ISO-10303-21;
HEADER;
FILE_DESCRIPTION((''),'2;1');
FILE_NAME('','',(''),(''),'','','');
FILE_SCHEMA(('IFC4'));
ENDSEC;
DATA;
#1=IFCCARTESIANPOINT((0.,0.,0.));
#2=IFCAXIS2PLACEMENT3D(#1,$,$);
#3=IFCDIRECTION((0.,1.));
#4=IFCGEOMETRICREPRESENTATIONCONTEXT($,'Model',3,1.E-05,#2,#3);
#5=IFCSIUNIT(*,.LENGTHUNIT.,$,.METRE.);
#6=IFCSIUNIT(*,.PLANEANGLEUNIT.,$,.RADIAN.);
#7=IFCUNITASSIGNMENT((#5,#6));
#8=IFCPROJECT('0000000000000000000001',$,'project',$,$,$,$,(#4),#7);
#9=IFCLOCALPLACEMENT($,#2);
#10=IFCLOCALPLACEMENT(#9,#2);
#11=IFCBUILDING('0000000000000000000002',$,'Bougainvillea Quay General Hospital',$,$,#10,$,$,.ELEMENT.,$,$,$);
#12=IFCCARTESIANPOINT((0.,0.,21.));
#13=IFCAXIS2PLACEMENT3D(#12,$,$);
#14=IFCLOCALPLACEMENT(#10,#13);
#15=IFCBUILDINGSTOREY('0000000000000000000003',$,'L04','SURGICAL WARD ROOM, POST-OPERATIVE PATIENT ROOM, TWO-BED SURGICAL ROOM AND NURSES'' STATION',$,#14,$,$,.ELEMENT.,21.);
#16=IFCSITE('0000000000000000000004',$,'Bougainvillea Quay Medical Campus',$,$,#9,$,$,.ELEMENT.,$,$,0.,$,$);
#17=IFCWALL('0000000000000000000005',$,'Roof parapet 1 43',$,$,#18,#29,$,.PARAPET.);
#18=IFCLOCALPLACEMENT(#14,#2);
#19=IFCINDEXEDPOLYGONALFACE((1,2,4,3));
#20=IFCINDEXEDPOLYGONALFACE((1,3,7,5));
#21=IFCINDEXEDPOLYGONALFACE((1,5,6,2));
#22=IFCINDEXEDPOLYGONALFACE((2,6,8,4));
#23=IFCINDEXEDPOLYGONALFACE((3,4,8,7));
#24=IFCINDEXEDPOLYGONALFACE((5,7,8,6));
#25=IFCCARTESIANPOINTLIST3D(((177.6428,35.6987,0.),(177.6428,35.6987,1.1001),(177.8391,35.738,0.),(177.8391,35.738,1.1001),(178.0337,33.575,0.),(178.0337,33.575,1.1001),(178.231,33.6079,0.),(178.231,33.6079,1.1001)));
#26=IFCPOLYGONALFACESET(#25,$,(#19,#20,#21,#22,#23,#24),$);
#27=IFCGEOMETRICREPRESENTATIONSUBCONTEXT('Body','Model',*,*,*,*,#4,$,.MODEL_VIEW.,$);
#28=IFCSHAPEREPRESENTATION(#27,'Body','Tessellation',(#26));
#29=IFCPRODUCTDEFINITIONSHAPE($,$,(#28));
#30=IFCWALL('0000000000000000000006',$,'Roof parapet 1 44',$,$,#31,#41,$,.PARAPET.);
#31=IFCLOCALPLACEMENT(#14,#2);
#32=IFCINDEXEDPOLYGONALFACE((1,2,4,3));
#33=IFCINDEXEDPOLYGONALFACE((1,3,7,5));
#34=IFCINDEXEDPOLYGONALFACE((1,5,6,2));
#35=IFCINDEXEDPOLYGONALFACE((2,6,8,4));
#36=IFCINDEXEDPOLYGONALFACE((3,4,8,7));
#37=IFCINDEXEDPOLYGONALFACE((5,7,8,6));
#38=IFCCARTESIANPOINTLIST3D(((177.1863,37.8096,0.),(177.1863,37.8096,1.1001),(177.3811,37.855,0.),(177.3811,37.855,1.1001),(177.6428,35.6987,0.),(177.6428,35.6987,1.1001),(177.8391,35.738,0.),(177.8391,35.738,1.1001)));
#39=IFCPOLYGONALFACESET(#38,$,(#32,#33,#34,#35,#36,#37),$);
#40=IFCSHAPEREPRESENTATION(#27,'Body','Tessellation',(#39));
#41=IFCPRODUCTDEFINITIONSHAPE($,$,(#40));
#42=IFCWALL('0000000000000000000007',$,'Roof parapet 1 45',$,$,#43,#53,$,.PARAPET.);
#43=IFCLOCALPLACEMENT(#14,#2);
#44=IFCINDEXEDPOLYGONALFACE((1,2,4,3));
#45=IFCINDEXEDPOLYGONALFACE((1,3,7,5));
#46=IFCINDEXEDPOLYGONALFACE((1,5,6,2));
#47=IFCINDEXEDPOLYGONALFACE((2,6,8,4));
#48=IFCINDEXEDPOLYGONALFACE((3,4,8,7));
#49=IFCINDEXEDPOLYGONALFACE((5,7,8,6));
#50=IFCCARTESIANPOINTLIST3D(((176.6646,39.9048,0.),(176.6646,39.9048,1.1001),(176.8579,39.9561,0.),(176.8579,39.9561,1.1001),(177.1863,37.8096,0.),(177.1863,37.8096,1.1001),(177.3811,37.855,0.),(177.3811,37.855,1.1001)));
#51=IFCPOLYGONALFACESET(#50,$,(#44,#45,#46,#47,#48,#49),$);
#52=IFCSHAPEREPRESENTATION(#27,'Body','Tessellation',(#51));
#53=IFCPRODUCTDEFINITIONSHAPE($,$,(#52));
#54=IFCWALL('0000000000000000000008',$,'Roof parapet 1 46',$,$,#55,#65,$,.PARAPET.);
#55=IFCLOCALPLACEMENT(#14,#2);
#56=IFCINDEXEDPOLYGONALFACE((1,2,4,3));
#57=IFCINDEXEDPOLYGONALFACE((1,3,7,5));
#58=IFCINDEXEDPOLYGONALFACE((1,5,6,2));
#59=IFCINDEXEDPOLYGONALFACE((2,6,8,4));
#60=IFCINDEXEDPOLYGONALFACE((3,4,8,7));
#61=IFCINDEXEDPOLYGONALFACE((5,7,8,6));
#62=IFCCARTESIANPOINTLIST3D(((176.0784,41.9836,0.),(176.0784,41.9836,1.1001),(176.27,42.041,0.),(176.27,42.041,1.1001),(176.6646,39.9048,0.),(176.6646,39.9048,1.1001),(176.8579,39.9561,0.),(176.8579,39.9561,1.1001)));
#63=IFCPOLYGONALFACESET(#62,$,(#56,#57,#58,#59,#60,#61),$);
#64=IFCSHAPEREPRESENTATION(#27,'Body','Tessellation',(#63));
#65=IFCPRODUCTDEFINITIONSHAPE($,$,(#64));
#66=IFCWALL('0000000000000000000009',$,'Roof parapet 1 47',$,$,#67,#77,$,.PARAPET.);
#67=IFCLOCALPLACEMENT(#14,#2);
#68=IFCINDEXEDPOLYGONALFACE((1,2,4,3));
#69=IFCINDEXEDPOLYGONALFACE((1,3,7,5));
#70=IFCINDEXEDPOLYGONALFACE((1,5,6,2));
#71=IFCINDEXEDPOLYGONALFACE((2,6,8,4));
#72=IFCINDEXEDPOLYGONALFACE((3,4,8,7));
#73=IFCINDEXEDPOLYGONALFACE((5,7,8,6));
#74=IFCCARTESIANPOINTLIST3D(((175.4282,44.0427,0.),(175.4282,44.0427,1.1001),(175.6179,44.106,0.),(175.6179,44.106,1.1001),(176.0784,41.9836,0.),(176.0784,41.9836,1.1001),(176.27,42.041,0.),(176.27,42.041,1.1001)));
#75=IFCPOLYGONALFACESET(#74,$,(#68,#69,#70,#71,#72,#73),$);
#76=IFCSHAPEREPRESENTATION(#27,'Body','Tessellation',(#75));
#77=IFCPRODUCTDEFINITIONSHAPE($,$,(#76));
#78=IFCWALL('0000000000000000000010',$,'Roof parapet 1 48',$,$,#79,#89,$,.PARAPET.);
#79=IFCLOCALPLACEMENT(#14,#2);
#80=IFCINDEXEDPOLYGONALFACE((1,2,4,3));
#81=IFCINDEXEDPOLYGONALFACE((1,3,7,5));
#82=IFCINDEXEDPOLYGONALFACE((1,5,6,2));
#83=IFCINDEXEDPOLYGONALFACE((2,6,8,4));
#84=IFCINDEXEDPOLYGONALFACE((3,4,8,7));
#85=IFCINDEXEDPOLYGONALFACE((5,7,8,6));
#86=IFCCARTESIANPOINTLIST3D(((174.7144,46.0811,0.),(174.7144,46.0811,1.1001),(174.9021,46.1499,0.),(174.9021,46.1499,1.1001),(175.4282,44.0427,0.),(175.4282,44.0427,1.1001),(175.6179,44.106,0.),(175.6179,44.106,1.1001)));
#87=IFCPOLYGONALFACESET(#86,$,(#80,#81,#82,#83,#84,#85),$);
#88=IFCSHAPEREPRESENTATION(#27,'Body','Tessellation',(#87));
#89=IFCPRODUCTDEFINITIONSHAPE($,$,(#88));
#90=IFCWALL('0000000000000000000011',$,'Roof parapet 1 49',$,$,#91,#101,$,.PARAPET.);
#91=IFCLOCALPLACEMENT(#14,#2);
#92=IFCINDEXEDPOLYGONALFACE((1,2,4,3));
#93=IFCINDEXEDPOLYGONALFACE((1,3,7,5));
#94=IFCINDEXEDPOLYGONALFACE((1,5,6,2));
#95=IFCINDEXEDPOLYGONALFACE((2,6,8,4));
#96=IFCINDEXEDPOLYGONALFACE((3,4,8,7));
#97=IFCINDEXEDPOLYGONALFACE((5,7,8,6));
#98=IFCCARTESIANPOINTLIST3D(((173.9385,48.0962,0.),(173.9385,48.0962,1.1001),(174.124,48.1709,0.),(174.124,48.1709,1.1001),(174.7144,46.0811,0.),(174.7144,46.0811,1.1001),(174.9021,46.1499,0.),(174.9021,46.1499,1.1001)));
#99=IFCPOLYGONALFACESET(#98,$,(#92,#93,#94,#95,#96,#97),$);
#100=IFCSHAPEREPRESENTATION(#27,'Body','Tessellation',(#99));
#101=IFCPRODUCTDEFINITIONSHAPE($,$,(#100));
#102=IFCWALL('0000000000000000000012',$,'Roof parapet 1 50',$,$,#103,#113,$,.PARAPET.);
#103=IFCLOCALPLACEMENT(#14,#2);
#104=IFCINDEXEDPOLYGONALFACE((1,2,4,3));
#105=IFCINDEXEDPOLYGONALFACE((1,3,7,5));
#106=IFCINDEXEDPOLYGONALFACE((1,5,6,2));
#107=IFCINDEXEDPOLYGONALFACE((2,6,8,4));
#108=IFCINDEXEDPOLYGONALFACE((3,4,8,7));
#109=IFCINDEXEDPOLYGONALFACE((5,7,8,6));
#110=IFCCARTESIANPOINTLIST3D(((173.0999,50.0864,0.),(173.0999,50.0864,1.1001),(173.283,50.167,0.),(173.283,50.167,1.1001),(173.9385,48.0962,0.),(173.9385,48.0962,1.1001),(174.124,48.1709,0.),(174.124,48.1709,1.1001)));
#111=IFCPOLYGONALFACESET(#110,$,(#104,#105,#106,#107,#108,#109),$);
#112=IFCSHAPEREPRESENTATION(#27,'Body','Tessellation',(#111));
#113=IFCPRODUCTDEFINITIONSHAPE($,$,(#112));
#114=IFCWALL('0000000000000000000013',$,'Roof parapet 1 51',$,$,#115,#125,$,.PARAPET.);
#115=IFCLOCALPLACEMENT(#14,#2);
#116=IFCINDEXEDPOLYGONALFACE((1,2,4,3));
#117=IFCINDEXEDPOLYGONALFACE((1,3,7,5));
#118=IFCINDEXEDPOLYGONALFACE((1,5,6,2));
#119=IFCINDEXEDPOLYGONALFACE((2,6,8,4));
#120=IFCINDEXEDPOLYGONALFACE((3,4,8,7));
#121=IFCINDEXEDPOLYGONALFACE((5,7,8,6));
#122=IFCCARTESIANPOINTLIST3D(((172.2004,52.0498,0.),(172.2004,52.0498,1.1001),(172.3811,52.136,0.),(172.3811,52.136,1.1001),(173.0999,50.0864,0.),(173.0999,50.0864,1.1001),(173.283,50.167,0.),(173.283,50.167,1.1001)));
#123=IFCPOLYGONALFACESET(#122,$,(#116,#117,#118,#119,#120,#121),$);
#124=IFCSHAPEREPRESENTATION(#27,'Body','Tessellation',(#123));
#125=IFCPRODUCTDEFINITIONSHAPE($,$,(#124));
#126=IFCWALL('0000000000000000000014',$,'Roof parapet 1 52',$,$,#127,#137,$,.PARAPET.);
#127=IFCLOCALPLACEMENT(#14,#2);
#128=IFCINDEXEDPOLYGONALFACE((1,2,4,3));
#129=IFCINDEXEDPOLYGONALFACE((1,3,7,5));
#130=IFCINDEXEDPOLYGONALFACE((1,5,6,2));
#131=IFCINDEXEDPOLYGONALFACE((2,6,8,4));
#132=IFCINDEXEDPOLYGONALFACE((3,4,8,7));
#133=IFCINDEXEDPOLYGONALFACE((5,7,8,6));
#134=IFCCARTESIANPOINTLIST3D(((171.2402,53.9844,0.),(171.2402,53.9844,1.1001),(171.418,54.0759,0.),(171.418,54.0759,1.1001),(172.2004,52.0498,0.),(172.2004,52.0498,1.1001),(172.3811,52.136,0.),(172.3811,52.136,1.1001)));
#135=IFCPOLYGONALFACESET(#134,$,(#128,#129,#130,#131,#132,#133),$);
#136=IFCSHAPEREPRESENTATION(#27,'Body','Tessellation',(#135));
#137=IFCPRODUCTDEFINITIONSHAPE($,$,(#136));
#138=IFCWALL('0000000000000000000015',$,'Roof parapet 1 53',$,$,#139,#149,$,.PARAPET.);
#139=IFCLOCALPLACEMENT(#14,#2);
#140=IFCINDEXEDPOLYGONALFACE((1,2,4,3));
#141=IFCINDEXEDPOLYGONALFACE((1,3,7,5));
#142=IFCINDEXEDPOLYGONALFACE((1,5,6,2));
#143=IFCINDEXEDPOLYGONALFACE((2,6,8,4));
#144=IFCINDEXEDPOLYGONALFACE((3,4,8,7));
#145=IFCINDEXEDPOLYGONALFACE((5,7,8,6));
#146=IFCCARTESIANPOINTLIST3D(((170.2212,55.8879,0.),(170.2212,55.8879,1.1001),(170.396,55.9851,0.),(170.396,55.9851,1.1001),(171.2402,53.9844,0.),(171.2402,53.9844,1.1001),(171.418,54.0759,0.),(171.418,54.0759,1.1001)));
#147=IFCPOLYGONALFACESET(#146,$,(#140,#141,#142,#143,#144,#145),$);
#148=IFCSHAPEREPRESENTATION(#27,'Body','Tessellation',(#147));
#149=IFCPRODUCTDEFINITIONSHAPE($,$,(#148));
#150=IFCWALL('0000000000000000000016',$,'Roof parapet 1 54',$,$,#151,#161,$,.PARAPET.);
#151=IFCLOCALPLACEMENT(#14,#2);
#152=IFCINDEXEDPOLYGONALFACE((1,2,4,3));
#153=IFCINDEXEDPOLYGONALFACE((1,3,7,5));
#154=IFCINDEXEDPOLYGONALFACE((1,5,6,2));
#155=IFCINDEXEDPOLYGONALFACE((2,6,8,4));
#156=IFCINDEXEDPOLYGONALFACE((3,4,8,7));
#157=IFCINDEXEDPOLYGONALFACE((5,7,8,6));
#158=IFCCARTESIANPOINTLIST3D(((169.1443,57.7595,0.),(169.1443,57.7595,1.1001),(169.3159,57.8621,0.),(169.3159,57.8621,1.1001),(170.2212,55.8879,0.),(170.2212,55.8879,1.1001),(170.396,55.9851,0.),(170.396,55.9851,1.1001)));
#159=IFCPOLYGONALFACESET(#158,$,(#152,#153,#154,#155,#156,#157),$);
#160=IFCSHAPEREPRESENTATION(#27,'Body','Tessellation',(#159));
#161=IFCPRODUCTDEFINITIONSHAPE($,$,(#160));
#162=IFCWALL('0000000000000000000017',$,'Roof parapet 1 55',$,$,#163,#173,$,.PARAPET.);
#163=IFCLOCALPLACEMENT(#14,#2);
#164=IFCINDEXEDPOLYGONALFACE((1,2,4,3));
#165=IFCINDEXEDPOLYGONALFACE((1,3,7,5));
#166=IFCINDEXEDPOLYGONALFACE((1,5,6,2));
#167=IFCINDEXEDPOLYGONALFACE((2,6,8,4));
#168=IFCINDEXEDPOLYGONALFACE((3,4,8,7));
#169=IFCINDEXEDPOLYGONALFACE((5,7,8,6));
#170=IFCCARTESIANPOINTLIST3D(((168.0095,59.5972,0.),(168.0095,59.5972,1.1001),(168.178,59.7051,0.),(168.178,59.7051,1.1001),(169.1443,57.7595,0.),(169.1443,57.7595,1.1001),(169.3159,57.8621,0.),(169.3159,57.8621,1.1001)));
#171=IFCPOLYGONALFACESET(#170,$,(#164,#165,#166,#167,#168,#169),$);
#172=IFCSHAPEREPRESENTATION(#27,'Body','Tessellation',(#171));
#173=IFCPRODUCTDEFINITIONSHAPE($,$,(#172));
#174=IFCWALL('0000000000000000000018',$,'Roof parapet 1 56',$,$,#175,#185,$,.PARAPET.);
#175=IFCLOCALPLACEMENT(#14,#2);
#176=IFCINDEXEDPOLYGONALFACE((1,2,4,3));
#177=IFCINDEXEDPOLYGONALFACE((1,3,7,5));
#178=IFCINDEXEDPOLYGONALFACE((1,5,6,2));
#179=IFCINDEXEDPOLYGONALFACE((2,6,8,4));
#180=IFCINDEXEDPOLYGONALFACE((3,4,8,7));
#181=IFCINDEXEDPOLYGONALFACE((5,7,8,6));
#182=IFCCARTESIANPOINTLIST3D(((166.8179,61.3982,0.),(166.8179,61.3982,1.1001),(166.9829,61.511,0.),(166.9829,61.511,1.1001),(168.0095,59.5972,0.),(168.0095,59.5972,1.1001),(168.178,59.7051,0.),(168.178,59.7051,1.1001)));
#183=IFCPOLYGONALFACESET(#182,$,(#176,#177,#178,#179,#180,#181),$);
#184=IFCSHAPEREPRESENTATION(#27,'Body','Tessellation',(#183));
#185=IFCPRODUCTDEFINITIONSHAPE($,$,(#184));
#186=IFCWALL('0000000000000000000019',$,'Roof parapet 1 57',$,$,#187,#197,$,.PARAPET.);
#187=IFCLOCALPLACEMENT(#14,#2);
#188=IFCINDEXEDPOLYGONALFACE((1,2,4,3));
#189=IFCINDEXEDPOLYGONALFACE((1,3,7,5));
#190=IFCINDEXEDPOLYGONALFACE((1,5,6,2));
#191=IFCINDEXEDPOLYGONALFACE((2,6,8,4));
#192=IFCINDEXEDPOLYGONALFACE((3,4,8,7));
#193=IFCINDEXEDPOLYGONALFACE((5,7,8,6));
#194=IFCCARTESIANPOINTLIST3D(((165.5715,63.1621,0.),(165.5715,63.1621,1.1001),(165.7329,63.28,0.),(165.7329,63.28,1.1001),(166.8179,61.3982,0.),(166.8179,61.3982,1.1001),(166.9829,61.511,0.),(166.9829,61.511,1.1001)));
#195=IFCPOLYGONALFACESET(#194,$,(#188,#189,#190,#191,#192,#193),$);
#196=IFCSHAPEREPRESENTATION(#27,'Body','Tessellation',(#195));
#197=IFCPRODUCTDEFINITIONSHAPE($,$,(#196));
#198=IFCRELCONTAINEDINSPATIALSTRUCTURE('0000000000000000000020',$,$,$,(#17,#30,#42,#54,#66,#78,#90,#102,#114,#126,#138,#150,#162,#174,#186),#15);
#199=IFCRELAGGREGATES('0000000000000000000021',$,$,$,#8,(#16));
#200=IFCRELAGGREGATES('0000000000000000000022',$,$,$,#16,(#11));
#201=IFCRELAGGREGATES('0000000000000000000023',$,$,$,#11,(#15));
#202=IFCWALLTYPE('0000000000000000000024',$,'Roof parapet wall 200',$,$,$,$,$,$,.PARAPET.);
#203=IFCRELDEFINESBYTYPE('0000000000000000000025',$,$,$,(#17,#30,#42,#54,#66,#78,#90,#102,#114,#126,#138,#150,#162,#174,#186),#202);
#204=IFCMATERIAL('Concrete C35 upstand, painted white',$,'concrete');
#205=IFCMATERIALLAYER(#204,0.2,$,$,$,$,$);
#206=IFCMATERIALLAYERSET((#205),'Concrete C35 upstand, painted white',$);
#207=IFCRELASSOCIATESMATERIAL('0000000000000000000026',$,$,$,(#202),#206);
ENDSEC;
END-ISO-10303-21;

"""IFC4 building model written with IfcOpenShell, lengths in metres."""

from ifc_helpers import new_model, si_unit, direction, frame, origin, place, context, subcontext, project, spatial, polyline, outline, extrude, material, layer, layer_set, type_object, element, save


model = new_model("IFC4")

# Units and contexts
model_context = context("Model", 3, precision=1e-05, world=origin(), true_north=direction((0.0, 1.0)))
body_context = subcontext(model_context, "Body", "Model", "MODEL_VIEW")
ifc_project = project(units=[si_unit("LENGTHUNIT", "METRE"), si_unit("PLANEANGLEUNIT", "RADIAN")], contexts=[model_context])

# Site, building, storey
site_placement = place(None, origin())
site = spatial("IfcSite", under=ifc_project, at=site_placement, Name="Bougainvillea Quay Medical Campus", CompositionType="ELEMENT", RefElevation=0.0)
building_placement = place(site_placement, origin())
building = spatial("IfcBuilding", under=site, at=building_placement, Name="Bougainvillea Quay General Hospital", CompositionType="ELEMENT")
storey_placement = place(building_placement, frame((0.0, 0.0, 21.0)))
storey = spatial("IfcBuildingStorey", under=building, at=storey_placement, Name="L04", Description="SURGICAL WARD ROOM, POST-OPERATIVE PATIENT ROOM, TWO-BED SURGICAL ROOM AND NURSES' STATION", CompositionType="ELEMENT", Elevation=21.0)

# Walls
ifc_material = material(Name="Concrete C35 upstand, painted white", Category="concrete")
ifc_layer = layer(ifc_material, 0.2)
ifc_layer_set = layer_set([ifc_layer], Name="Concrete C35 upstand, painted white")
wall_type = type_object("IfcWallType", Name="Roof parapet wall 200", PredefinedType="PARAPET", material=ifc_layer_set)
wall_1_placement = place(storey_placement, origin())
element("IfcWall", 1, at=wall_1_placement, inside=storey, type_object=wall_type, Name="Roof parapet 1 43", PredefinedType="PARAPET", context=body_context, shape_type="SweptSolid", body=[
    extrude(outline(polyline([(177.6428, 35.6987), (177.8391, 35.738), (178.231, 33.6079), (178.0337, 33.575), (177.6428, 35.6987)])), origin(), (0.0, 0.0, 1.0), 1.1001),
])
wall_2_placement = place(storey_placement, origin())
element("IfcWall", 2, at=wall_2_placement, inside=storey, type_object=wall_type, Name="Roof parapet 1 44", PredefinedType="PARAPET", context=body_context, shape_type="SweptSolid", body=[
    extrude(outline(polyline([(177.1863, 37.8096), (177.3811, 37.855), (177.8391, 35.738), (177.6428, 35.6987), (177.1863, 37.8096)])), origin(), (0.0, 0.0, 1.0), 1.1001),
])
wall_3_placement = place(storey_placement, origin())
element("IfcWall", 3, at=wall_3_placement, inside=storey, type_object=wall_type, Name="Roof parapet 1 45", PredefinedType="PARAPET", context=body_context, shape_type="SweptSolid", body=[
    extrude(outline(polyline([(176.6646, 39.9048), (176.8579, 39.9561), (177.3811, 37.855), (177.1863, 37.8096), (176.6646, 39.9048)])), origin(), (0.0, 0.0, 1.0), 1.1001),
])
wall_4_placement = place(storey_placement, origin())
element("IfcWall", 4, at=wall_4_placement, inside=storey, type_object=wall_type, Name="Roof parapet 1 46", PredefinedType="PARAPET", context=body_context, shape_type="SweptSolid", body=[
    extrude(outline(polyline([(176.0784, 41.9836), (176.27, 42.041), (176.8579, 39.9561), (176.6646, 39.9048), (176.0784, 41.9836)])), origin(), (0.0, 0.0, 1.0), 1.1001),
])
wall_5_placement = place(storey_placement, origin())
element("IfcWall", 5, at=wall_5_placement, inside=storey, type_object=wall_type, Name="Roof parapet 1 47", PredefinedType="PARAPET", context=body_context, shape_type="SweptSolid", body=[
    extrude(outline(polyline([(175.4282, 44.0427), (175.6179, 44.106), (176.27, 42.041), (176.0784, 41.9836), (175.4282, 44.0427)])), origin(), (0.0, 0.0, 1.0), 1.1001),
])
wall_6_placement = place(storey_placement, origin())
element("IfcWall", 6, at=wall_6_placement, inside=storey, type_object=wall_type, Name="Roof parapet 1 48", PredefinedType="PARAPET", context=body_context, shape_type="SweptSolid", body=[
    extrude(outline(polyline([(174.7144, 46.0811), (174.9021, 46.1499), (175.6179, 44.106), (175.4282, 44.0427), (174.7144, 46.0811)])), origin(), (0.0, 0.0, 1.0), 1.1001),
])
wall_7_placement = place(storey_placement, origin())
element("IfcWall", 7, at=wall_7_placement, inside=storey, type_object=wall_type, Name="Roof parapet 1 49", PredefinedType="PARAPET", context=body_context, shape_type="SweptSolid", body=[
    extrude(outline(polyline([(173.9385, 48.0962), (174.124, 48.1709), (174.9021, 46.1499), (174.7144, 46.0811), (173.9385, 48.0962)])), origin(), (0.0, 0.0, 1.0), 1.1001),
])
wall_8_placement = place(storey_placement, origin())
element("IfcWall", 8, at=wall_8_placement, inside=storey, type_object=wall_type, Name="Roof parapet 1 50", PredefinedType="PARAPET", context=body_context, shape_type="SweptSolid", body=[
    extrude(outline(polyline([(173.0999, 50.0864), (173.283, 50.167), (174.124, 48.1709), (173.9385, 48.0962), (173.0999, 50.0864)])), origin(), (0.0, 0.0, 1.0), 1.1001),
])
wall_9_placement = place(storey_placement, origin())
element("IfcWall", 9, at=wall_9_placement, inside=storey, type_object=wall_type, Name="Roof parapet 1 51", PredefinedType="PARAPET", context=body_context, shape_type="SweptSolid", body=[
    extrude(outline(polyline([(172.2004, 52.0498), (172.3811, 52.136), (173.283, 50.167), (173.0999, 50.0864), (172.2004, 52.0498)])), origin(), (0.0, 0.0, 1.0), 1.1001),
])
wall_10_placement = place(storey_placement, origin())
element("IfcWall", 10, at=wall_10_placement, inside=storey, type_object=wall_type, Name="Roof parapet 1 52", PredefinedType="PARAPET", context=body_context, shape_type="SweptSolid", body=[
    extrude(outline(polyline([(171.2402, 53.9844), (171.418, 54.0759), (172.3811, 52.136), (172.2004, 52.0498), (171.2402, 53.9844)])), origin(), (0.0, 0.0, 1.0), 1.1001),
])
wall_11_placement = place(storey_placement, origin())
element("IfcWall", 11, at=wall_11_placement, inside=storey, type_object=wall_type, Name="Roof parapet 1 53", PredefinedType="PARAPET", context=body_context, shape_type="SweptSolid", body=[
    extrude(outline(polyline([(170.2212, 55.8879), (170.396, 55.9851), (171.418, 54.0759), (171.2402, 53.9844), (170.2212, 55.8879)])), origin(), (0.0, 0.0, 1.0), 1.1001),
])
wall_12_placement = place(storey_placement, origin())
element("IfcWall", 12, at=wall_12_placement, inside=storey, type_object=wall_type, Name="Roof parapet 1 54", PredefinedType="PARAPET", context=body_context, shape_type="SweptSolid", body=[
    extrude(outline(polyline([(169.1443, 57.7595), (169.3159, 57.8621), (170.396, 55.9851), (170.2212, 55.8879), (169.1443, 57.7595)])), origin(), (0.0, 0.0, 1.0), 1.1001),
])
wall_13_placement = place(storey_placement, origin())
element("IfcWall", 13, at=wall_13_placement, inside=storey, type_object=wall_type, Name="Roof parapet 1 55", PredefinedType="PARAPET", context=body_context, shape_type="SweptSolid", body=[
    extrude(outline(polyline([(168.0095, 59.5972), (168.178, 59.7051), (169.3159, 57.8621), (169.1443, 57.7595), (168.0095, 59.5972)])), origin(), (0.0, 0.0, 1.0), 1.1001),
])
wall_14_placement = place(storey_placement, origin())
element("IfcWall", 14, at=wall_14_placement, inside=storey, type_object=wall_type, Name="Roof parapet 1 56", PredefinedType="PARAPET", context=body_context, shape_type="SweptSolid", body=[
    extrude(outline(polyline([(166.8179, 61.3982), (166.9829, 61.511), (168.178, 59.7051), (168.0095, 59.5972), (166.8179, 61.3982)])), origin(), (0.0, 0.0, 1.0), 1.1001),
])
wall_15_placement = place(storey_placement, origin())
element("IfcWall", 15, at=wall_15_placement, inside=storey, type_object=wall_type, Name="Roof parapet 1 57", PredefinedType="PARAPET", context=body_context, shape_type="SweptSolid", body=[
    extrude(outline(polyline([(165.5715, 63.1621), (165.7329, 63.28), (166.9829, 61.511), (166.8179, 61.3982), (165.5715, 63.1621)])), origin(), (0.0, 0.0, 1.0), 1.1001),
])

save(model, "model.ifc")
